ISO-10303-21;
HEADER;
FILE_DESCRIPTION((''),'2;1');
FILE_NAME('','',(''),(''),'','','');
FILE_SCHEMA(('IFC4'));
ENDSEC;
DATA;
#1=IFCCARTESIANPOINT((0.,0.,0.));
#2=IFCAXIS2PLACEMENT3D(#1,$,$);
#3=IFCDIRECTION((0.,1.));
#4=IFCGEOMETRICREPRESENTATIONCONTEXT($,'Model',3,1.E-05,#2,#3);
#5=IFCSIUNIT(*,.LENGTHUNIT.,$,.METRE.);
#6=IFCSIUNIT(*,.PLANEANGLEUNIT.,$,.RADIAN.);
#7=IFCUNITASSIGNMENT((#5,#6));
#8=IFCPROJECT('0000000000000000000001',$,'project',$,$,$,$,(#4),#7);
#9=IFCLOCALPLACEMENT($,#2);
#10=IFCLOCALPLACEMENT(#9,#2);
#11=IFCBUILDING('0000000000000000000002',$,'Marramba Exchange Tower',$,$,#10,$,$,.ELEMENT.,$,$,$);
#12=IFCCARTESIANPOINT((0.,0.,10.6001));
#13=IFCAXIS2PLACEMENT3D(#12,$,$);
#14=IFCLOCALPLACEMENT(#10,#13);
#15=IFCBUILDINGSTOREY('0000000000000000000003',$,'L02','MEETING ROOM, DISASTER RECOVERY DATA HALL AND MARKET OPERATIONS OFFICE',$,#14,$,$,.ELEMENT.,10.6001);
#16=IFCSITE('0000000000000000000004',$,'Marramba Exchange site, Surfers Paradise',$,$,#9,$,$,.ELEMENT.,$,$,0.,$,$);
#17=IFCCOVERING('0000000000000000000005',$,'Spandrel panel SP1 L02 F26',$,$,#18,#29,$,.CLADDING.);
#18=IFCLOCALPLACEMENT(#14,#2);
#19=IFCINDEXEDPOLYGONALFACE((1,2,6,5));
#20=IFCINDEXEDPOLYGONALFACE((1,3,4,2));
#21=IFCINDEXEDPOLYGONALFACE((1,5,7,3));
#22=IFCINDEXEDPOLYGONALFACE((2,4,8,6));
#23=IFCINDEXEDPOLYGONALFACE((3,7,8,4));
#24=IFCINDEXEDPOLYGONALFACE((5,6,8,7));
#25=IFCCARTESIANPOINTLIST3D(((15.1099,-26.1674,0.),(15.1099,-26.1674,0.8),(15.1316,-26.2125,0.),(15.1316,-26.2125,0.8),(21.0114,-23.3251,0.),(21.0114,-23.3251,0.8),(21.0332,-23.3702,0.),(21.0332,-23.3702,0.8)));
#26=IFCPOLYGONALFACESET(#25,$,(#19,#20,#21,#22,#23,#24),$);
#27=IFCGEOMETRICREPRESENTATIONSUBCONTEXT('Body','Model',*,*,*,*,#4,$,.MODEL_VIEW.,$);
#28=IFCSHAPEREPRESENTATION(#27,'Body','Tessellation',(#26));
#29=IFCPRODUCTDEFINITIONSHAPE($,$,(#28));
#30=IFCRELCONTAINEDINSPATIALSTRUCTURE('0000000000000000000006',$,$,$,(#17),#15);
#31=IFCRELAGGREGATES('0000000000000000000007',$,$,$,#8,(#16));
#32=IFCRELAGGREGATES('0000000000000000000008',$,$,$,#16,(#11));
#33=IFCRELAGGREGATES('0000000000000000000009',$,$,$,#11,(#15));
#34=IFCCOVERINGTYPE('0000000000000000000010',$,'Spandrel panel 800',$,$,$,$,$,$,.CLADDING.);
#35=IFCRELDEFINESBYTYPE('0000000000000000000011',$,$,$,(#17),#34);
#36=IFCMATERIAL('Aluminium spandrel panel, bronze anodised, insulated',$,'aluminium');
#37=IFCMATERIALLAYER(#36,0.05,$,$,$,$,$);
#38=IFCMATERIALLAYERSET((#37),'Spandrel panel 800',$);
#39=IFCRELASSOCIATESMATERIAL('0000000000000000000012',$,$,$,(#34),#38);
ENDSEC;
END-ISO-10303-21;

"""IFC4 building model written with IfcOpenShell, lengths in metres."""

from ifc_helpers import new_model, si_unit, direction, frame, origin, origin_2d, place, context, subcontext, project, spatial, rectangle, extrude, material, layer, layer_set, type_object, element, save


model = new_model("IFC4")

# Units and contexts
model_context = context("Model", 3, precision=1e-05, world=origin(), true_north=direction((0.0, 1.0)))
body_context = subcontext(model_context, "Body", "Model", "MODEL_VIEW")
ifc_project = project(units=[si_unit("LENGTHUNIT", "METRE"), si_unit("PLANEANGLEUNIT", "RADIAN")], contexts=[model_context])

# Site, building, storey
site_placement = place(None, origin())
site = spatial("IfcSite", under=ifc_project, at=site_placement, Name="Marramba Exchange site, Surfers Paradise", CompositionType="ELEMENT", RefElevation=0.0)
building_placement = place(site_placement, origin())
building = spatial("IfcBuilding", under=site, at=building_placement, Name="Marramba Exchange Tower", CompositionType="ELEMENT")
storey_placement = place(building_placement, frame((0.0, 0.0, 10.6001)))
storey = spatial("IfcBuildingStorey", under=building, at=storey_placement, Name="L02", Description="MEETING ROOM, DISASTER RECOVERY DATA HALL AND MARKET OPERATIONS OFFICE", CompositionType="ELEMENT", Elevation=10.6001)

# Covering
ifc_material_1 = material(Name="Aluminium spandrel panel, bronze anodised, insulated", Category="aluminium")
ifc_layer_1 = layer(ifc_material_1, 0.05)
ifc_layer_set_1 = layer_set([ifc_layer_1], Name="Spandrel panel 800")
covering_type = type_object("IfcCoveringType", Name="Spandrel panel 800", PredefinedType="CLADDING", material=ifc_layer_set_1)
covering_placement = place(storey_placement, frame((18.0715, -24.7688, 0.0), z_axis=(0.0, 0.0, 1.0), x_axis=(0.900956, 0.43391, 0.0)))
element("IfcCovering", 1, at=covering_placement, inside=storey, type_object=covering_type, Name="Spandrel panel SP1 L02 F26", PredefinedType="CLADDING", context=body_context, shape_type="SweptSolid", body=[
    extrude(rectangle(XDim=6.5503, YDim=0.05, at=origin_2d()), origin(), (0.0, 0.0, 1.0), 0.8),
])

save(model, "model.ifc")
